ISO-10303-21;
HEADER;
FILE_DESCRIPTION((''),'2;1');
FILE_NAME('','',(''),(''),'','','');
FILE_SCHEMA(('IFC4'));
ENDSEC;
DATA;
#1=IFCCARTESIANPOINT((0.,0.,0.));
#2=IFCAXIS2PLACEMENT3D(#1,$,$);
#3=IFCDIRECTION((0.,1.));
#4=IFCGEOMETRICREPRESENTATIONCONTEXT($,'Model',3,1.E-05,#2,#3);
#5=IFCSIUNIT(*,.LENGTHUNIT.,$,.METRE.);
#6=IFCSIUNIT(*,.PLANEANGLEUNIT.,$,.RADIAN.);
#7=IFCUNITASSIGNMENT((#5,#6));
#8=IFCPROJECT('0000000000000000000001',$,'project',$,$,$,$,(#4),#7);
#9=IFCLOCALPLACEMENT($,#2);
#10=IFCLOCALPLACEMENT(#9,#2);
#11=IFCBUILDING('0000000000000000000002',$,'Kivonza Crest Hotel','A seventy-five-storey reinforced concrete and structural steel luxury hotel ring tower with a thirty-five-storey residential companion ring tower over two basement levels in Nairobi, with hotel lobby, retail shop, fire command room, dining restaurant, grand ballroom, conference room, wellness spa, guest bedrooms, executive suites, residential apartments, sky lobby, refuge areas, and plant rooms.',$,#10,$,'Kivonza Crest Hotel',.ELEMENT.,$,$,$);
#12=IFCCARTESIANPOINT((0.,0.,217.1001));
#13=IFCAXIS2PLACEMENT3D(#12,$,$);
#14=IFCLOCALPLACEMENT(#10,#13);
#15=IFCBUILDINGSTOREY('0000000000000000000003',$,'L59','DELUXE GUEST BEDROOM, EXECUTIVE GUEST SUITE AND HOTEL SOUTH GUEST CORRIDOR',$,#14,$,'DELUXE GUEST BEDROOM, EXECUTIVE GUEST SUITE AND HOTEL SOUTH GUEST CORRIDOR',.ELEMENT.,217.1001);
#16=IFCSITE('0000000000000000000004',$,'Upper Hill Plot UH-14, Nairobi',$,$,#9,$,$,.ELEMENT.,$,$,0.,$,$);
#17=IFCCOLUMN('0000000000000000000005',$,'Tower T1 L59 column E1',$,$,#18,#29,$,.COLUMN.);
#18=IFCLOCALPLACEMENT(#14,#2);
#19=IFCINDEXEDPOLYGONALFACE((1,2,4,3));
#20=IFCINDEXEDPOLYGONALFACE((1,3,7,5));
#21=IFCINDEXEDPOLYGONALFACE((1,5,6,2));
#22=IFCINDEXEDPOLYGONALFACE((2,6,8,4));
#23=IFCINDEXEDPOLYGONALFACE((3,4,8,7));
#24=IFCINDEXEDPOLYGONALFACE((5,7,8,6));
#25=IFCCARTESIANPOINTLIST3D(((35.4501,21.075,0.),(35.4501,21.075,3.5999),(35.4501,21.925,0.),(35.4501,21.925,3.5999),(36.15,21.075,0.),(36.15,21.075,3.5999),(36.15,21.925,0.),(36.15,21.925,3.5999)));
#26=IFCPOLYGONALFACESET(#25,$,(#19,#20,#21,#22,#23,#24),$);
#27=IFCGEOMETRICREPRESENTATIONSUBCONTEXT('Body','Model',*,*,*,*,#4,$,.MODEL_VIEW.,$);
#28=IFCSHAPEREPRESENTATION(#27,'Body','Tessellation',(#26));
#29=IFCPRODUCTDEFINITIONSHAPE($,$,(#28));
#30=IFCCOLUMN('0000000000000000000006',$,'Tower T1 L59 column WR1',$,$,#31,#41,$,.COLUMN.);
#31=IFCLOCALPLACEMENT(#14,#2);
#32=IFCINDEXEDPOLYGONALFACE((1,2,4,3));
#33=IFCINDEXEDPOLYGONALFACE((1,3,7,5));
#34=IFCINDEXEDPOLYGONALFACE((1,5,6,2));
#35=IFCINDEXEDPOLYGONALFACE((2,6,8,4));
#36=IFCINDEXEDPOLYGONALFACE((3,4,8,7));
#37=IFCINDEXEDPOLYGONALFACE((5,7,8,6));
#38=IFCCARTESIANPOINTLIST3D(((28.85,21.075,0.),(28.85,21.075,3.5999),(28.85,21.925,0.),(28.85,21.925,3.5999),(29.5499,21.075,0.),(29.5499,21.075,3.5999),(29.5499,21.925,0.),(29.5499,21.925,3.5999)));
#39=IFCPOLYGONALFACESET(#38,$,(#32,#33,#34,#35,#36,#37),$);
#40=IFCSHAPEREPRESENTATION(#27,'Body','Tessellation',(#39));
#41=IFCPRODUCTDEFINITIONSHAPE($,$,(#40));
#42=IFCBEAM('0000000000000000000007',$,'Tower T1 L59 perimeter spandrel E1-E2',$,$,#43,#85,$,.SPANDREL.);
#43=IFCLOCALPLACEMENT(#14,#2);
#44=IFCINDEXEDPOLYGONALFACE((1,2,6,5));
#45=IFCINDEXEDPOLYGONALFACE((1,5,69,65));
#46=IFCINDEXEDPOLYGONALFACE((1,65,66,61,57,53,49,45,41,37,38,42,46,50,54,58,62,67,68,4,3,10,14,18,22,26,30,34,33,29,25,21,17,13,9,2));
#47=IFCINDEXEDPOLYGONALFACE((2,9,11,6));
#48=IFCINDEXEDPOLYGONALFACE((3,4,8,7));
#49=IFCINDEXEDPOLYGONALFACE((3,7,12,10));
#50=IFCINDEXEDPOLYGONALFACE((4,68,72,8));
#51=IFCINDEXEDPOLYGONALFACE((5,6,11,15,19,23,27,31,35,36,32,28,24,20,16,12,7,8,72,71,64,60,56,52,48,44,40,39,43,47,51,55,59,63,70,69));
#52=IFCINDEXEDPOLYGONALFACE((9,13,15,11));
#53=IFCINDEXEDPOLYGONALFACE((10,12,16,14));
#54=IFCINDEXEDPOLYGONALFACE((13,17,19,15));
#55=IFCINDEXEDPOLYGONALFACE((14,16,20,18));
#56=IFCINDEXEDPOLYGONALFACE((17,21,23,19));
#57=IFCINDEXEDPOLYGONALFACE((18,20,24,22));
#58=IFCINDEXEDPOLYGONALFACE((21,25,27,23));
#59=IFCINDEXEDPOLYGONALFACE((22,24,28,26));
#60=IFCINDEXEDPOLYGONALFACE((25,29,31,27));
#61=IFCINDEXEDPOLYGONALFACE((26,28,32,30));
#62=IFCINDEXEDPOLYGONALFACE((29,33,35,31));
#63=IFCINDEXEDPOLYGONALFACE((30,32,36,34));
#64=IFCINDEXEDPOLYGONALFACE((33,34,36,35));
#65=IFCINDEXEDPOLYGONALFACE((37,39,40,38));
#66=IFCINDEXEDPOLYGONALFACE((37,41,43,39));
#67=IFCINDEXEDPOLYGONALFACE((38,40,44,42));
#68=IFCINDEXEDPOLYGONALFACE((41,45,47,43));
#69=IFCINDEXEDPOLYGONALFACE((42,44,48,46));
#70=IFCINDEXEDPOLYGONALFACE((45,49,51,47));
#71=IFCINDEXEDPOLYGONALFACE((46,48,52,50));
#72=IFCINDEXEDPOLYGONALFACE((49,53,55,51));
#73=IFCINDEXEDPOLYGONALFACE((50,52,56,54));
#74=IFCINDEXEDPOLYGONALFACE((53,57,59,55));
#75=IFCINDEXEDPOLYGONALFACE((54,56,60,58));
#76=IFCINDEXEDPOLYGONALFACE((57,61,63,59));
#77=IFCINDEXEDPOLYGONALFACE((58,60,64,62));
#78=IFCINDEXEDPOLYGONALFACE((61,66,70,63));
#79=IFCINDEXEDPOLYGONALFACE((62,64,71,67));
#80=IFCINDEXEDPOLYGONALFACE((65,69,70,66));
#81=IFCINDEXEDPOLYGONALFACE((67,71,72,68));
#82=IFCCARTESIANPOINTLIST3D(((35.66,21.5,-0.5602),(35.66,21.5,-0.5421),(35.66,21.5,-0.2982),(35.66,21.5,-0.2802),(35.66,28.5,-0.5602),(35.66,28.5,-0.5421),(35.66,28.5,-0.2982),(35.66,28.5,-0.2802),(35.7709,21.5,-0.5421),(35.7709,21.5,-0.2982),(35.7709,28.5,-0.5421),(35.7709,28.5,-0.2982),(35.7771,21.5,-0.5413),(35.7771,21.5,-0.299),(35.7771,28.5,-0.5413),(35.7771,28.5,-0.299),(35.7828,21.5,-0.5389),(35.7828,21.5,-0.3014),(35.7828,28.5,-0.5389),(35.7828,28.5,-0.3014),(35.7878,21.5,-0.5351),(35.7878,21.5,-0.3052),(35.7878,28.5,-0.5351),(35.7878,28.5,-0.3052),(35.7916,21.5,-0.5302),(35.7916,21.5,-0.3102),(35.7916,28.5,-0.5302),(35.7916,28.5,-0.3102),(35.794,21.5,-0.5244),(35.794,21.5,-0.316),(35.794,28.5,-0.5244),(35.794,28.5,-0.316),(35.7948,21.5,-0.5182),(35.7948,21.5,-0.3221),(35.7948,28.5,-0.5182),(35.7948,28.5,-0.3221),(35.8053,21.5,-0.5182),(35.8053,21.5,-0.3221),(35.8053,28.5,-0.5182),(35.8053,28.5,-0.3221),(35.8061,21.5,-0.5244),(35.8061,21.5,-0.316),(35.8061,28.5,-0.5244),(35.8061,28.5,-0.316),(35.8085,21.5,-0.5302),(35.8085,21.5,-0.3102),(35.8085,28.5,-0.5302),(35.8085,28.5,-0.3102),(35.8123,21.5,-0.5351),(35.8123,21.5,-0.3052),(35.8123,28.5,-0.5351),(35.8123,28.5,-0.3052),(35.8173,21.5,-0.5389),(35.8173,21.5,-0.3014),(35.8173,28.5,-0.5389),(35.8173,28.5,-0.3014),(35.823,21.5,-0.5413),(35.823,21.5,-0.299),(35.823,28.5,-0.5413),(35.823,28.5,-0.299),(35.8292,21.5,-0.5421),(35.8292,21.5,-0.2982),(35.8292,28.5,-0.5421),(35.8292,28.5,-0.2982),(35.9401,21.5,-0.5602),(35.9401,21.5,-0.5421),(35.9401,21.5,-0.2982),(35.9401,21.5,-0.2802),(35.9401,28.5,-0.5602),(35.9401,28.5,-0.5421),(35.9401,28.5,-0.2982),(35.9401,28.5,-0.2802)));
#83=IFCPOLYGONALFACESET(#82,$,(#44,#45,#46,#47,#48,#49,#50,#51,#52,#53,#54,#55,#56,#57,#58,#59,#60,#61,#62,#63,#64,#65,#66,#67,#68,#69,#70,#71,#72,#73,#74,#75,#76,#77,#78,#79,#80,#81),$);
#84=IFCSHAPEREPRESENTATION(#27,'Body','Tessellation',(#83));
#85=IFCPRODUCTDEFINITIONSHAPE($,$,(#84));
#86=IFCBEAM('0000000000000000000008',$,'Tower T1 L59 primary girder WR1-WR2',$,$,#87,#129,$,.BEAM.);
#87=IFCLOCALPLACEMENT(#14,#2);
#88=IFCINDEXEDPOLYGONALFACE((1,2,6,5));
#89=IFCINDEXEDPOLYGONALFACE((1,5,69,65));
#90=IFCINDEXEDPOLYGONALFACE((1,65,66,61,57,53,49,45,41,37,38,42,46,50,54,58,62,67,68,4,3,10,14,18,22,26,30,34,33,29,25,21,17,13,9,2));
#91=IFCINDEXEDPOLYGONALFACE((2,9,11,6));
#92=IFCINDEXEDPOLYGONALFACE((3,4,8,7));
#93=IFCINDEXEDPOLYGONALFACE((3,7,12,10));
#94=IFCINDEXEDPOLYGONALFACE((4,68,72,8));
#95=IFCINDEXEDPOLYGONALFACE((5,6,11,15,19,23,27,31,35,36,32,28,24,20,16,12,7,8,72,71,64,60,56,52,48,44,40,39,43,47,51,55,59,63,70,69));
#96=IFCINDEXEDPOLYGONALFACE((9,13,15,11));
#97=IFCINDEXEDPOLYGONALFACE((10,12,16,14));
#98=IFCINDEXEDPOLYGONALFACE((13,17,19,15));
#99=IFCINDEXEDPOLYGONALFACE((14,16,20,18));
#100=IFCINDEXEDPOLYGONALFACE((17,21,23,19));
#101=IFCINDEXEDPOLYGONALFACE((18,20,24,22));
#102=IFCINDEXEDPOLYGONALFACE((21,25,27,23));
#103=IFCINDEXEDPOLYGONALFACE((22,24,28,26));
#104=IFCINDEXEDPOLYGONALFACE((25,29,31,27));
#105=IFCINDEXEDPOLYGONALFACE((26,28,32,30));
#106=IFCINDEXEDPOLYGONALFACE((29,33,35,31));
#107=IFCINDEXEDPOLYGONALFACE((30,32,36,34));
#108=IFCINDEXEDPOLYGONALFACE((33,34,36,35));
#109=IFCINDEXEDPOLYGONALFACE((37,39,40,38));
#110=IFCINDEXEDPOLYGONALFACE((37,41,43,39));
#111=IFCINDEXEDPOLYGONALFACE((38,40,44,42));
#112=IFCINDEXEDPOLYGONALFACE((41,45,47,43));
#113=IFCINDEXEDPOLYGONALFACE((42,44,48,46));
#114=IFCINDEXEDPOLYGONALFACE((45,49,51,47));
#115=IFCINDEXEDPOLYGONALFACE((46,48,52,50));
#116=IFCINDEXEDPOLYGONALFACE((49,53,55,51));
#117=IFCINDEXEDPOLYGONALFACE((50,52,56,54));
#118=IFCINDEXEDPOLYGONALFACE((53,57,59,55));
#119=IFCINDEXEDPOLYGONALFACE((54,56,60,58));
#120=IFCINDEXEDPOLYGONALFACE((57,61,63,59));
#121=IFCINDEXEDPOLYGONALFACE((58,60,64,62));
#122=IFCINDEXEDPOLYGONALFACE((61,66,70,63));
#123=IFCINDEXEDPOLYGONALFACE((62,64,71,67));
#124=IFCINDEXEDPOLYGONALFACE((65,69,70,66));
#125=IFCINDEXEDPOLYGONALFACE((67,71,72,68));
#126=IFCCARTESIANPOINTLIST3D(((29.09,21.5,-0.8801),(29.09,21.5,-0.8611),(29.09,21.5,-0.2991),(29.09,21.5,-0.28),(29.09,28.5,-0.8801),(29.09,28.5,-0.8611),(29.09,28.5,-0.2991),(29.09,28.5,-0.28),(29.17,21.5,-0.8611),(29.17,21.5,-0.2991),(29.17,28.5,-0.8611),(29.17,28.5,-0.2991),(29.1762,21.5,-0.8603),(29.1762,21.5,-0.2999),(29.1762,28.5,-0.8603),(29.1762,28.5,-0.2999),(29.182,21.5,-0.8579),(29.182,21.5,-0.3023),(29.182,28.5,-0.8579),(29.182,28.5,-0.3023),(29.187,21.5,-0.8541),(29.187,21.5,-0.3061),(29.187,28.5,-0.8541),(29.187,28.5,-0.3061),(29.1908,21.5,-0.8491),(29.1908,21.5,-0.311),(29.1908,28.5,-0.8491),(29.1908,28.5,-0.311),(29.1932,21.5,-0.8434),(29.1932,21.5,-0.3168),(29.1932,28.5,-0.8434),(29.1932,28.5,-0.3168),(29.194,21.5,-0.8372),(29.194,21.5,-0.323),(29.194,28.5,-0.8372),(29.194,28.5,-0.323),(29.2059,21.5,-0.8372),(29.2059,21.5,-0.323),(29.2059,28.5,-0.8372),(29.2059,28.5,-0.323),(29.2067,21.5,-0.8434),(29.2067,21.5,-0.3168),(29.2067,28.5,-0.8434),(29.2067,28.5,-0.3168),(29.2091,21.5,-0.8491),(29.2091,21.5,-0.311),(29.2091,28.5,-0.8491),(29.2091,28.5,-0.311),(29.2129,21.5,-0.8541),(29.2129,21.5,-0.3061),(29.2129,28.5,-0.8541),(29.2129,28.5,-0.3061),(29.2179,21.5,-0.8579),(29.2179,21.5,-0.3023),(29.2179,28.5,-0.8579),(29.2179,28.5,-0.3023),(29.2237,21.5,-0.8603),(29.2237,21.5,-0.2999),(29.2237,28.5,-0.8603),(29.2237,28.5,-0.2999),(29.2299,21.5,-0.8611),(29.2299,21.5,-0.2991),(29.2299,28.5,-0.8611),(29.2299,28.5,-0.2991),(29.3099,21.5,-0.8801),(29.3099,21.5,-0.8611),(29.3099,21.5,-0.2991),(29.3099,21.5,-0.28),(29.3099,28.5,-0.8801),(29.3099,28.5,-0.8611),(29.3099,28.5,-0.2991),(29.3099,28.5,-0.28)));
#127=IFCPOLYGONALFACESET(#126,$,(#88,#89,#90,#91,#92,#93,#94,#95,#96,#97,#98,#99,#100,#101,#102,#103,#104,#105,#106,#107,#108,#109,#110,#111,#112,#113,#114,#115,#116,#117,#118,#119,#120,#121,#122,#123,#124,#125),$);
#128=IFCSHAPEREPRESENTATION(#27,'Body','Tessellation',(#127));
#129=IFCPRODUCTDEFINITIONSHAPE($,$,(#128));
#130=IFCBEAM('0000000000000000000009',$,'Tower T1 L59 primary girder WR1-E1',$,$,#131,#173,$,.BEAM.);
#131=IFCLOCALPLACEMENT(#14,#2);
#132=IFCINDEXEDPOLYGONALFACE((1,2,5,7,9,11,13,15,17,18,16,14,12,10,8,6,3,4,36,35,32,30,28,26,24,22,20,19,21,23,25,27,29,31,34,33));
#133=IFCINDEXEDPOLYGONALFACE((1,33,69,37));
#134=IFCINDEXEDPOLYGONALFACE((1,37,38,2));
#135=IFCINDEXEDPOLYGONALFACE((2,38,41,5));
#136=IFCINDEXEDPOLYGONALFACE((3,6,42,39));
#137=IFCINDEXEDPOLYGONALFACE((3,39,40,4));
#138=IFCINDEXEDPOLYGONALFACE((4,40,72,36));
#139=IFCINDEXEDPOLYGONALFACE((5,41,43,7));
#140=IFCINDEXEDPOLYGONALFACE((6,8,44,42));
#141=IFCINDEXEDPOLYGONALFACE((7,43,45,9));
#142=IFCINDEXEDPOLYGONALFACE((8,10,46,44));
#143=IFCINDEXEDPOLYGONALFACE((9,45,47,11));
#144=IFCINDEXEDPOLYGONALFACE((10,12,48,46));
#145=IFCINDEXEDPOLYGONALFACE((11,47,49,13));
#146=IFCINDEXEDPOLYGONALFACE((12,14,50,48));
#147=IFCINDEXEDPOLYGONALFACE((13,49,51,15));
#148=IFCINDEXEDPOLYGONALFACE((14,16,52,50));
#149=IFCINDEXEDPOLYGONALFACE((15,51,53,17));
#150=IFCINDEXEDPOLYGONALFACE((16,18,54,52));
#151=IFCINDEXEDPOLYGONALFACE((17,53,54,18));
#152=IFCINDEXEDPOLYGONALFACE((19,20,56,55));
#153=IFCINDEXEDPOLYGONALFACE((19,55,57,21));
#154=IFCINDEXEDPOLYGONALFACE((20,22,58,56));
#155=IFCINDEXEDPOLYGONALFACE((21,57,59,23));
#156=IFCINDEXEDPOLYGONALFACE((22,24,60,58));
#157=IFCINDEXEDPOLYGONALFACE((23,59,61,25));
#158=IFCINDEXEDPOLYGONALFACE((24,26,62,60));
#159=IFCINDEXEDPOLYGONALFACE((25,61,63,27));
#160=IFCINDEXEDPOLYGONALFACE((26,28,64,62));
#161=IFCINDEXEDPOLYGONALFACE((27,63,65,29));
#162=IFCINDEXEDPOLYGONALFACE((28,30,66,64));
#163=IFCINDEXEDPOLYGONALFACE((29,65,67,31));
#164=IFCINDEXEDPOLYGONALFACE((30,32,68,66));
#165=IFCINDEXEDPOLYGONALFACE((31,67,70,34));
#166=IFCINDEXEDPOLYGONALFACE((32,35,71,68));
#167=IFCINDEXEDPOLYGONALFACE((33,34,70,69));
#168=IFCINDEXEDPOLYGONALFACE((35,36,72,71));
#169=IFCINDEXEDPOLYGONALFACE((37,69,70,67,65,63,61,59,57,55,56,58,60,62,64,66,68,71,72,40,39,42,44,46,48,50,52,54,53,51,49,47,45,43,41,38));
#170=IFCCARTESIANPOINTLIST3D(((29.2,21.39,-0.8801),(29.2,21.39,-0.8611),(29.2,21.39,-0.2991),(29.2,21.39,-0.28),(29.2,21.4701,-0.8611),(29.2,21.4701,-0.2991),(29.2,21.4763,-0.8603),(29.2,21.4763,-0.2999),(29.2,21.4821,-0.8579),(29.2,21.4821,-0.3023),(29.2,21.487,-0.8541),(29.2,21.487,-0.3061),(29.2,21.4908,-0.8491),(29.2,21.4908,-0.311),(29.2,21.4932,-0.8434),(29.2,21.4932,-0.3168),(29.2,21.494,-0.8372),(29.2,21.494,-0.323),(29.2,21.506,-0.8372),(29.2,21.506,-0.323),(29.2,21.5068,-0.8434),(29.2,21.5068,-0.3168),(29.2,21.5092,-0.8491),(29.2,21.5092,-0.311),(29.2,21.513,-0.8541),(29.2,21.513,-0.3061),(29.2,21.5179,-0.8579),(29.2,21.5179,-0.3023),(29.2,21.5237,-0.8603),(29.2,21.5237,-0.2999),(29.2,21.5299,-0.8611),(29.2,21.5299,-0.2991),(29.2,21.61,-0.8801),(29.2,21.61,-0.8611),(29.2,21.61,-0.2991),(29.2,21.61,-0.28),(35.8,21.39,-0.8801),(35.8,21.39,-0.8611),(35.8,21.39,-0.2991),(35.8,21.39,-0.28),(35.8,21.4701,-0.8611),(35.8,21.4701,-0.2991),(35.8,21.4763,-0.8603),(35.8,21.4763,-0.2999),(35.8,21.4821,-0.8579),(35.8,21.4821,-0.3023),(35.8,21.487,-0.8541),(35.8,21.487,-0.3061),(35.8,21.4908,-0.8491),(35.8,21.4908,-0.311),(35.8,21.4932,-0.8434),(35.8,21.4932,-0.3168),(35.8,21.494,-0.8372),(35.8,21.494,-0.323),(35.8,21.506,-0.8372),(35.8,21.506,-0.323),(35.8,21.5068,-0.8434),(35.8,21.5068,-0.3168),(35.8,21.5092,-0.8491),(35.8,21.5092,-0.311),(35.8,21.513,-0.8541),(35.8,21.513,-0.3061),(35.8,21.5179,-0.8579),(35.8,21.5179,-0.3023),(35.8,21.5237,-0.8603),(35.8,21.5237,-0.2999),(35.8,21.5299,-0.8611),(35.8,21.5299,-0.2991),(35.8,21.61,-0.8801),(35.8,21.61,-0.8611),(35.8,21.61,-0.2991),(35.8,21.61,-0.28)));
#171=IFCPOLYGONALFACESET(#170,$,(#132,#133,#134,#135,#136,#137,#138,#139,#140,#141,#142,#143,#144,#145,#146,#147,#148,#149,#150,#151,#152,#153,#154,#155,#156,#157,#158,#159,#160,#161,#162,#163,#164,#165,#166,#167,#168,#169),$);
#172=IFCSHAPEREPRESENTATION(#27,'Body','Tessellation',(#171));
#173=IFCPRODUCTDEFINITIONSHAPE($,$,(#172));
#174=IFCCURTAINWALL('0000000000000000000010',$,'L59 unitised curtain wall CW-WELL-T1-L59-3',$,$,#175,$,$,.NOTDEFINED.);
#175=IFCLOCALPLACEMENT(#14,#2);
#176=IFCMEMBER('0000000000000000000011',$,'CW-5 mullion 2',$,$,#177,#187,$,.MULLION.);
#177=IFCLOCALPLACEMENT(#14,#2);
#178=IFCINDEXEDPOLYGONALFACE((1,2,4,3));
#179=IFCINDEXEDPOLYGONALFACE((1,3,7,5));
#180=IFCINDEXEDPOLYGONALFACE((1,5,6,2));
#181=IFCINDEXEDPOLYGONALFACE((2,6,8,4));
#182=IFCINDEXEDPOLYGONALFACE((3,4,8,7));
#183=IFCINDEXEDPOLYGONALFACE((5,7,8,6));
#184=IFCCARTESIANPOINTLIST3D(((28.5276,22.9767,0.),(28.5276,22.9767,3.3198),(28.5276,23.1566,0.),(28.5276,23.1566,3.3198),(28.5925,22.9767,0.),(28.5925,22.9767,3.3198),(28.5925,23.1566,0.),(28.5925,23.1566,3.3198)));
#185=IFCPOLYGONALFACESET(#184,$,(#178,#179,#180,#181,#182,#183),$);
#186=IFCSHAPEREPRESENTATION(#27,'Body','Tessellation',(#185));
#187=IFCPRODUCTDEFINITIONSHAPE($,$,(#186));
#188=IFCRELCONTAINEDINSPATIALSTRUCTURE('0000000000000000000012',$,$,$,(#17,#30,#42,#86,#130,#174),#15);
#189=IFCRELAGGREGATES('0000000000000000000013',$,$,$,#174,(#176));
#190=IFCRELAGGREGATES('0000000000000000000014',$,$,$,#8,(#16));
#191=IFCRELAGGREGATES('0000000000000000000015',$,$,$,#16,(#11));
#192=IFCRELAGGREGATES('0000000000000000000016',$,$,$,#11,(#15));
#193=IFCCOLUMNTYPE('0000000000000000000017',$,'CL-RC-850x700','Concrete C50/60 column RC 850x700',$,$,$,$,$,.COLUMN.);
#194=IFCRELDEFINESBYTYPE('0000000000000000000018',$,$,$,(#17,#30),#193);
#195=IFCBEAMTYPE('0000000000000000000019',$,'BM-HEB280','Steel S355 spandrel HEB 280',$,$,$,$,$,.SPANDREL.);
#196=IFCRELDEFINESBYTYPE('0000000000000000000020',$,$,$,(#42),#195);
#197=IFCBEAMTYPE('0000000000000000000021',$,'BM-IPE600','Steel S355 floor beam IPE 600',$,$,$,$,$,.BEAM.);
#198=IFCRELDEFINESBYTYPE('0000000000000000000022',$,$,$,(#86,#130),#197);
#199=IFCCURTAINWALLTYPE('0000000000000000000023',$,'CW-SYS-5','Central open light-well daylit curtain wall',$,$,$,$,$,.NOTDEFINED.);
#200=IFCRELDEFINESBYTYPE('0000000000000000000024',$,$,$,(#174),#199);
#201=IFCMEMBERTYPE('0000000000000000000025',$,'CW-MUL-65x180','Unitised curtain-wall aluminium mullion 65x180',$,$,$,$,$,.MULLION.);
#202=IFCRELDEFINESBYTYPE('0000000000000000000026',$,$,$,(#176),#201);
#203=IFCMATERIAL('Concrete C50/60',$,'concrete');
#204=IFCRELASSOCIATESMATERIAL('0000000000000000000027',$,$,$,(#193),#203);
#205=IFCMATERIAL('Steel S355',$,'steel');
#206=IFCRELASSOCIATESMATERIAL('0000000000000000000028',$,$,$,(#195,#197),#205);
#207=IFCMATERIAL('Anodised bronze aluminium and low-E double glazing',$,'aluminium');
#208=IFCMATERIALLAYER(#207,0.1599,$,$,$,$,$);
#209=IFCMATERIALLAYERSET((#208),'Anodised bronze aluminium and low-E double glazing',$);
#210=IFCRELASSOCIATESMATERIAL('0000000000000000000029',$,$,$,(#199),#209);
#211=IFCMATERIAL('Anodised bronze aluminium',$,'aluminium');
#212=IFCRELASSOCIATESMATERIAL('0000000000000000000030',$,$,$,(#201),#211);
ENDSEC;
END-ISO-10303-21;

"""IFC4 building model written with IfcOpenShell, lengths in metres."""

from ifc_helpers import new_model, si_unit, direction, frame, origin, origin_2d, place, context, subcontext, project, spatial, rectangle, i_section, extrude, material, layer, layer_set, material_profile, profile_set, type_object, element, aggregate, save


model = new_model("IFC4")

# Units and contexts
model_context = context("Model", 3, precision=1e-05, world=origin(), true_north=direction((0.0, 1.0)))
body_context = subcontext(model_context, "Body", "Model", "MODEL_VIEW")
ifc_project = project(units=[si_unit("LENGTHUNIT", "METRE"), si_unit("PLANEANGLEUNIT", "RADIAN")], contexts=[model_context])

# Site, building, storey
site_placement = place(None, origin())
site = spatial("IfcSite", under=ifc_project, at=site_placement, Name="Upper Hill Plot UH-14, Nairobi", CompositionType="ELEMENT", RefElevation=0.0)
building_placement = place(site_placement, origin())
building = spatial("IfcBuilding", under=site, at=building_placement, Name="Kivonza Crest Hotel", Description="A seventy-five-storey reinforced concrete and structural steel luxury hotel ring tower with a thirty-five-storey residential companion ring tower over two basement levels in Nairobi, with hotel lobby, retail shop, fire command room, dining restaurant, grand ballroom, conference room, wellness spa, guest bedrooms, executive suites, residential apartments, sky lobby, refuge areas, and plant rooms.", LongName="Kivonza Crest Hotel", CompositionType="ELEMENT")
storey_placement = place(building_placement, frame((0.0, 0.0, 217.1001)))
storey = spatial("IfcBuildingStorey", under=building, at=storey_placement, Name="L59", Description="DELUXE GUEST BEDROOM, EXECUTIVE GUEST SUITE AND HOTEL SOUTH GUEST CORRIDOR", LongName="DELUXE GUEST BEDROOM, EXECUTIVE GUEST SUITE AND HOTEL SOUTH GUEST CORRIDOR", CompositionType="ELEMENT", Elevation=217.1001)

# Columns
ifc_material_1 = material(Name="Concrete C50/60", Category="concrete")
ifc_material_profile_1 = material_profile(ifc_material_1, rectangle(XDim=0.7, YDim=0.8501, at=origin_2d()), Name="RC 850x700")
ifc_profile_set_1 = profile_set([ifc_material_profile_1], Name="Concrete C50/60")
column_type = type_object("IfcColumnType", Name="CL-RC-850x700", Description="Concrete C50/60 column RC 850x700", PredefinedType="COLUMN", material=ifc_profile_set_1)
for number, where, z_axis, x_axis, name in (
    (1, (35.8, 21.5, 0.0), (0.0, 0.0, 1.0), (1.0, 0.0, 0.0), "Tower T1 L59 column E1"),
    (2, (29.2, 21.5, 0.0), (0.0, 0.0, 1.0), (1.0, 0.0, 0.0), "Tower T1 L59 column WR1"),
):
    element("IfcColumn", number, at=place(storey_placement, frame(where, z_axis=z_axis, x_axis=x_axis)), inside=storey, type_object=column_type, Name=name, PredefinedType="COLUMN", context=body_context, shape_type="SweptSolid", body=[
        extrude(rectangle(XDim=0.7, YDim=0.8501, at=origin_2d()), origin(), (0.0, 0.0, 1.0), 3.5999),
    ])

# Beams
ifc_material_2 = material(Name="Steel S355", Category="steel")
ifc_material_profile_2 = material_profile(ifc_material_2, i_section(OverallWidth=0.28, OverallDepth=0.28, WebThickness=0.0105, FlangeThickness=0.0181, FilletRadius=0.0239, at=origin_2d()), Name="HEB 280")
ifc_profile_set_2 = profile_set([ifc_material_profile_2], Name="Steel S355")
beam_type_1 = type_object("IfcBeamType", Name="BM-HEB280", Description="Steel S355 spandrel HEB 280", PredefinedType="SPANDREL", material=ifc_profile_set_2)
beam_1_placement = place(storey_placement, frame((35.8, 21.5, -0.4202), z_axis=(0.0, 1.0, 0.0), x_axis=(-1.0, 0.0, 0.0)))
element("IfcBeam", 3, at=beam_1_placement, inside=storey, type_object=beam_type_1, Name="Tower T1 L59 perimeter spandrel E1-E2", PredefinedType="SPANDREL", context=body_context, shape_type="SweptSolid", body=[
    extrude(i_section(OverallWidth=0.28, OverallDepth=0.28, WebThickness=0.0105, FlangeThickness=0.0181, FilletRadius=0.0239, at=origin_2d()), origin(), (0.0, 0.0, 1.0), 7.0),
])
ifc_material_profile_3 = material_profile(ifc_material_2, i_section(OverallWidth=0.22, OverallDepth=0.6001, WebThickness=0.012, FlangeThickness=0.019, FilletRadius=0.0239, at=origin_2d()), Name="IPE 600")
ifc_profile_set_3 = profile_set([ifc_material_profile_3], Name="Steel S355")
beam_type_2 = type_object("IfcBeamType", Name="BM-IPE600", Description="Steel S355 floor beam IPE 600", PredefinedType="BEAM", material=ifc_profile_set_3)
beam_2_placement = place(storey_placement, frame((29.2, 21.5, -0.5801), z_axis=(0.0, 1.0, 0.0), x_axis=(-1.0, 0.0, 0.0)))
element("IfcBeam", 4, at=beam_2_placement, inside=storey, type_object=beam_type_2, Name="Tower T1 L59 primary girder WR1-WR2", PredefinedType="BEAM", context=body_context, shape_type="SweptSolid", body=[
    extrude(i_section(OverallWidth=0.22, OverallDepth=0.6001, WebThickness=0.012, FlangeThickness=0.019, FilletRadius=0.0239, at=origin_2d()), origin(), (0.0, 0.0, 1.0), 7.0),
])
beam_3_placement = place(storey_placement, frame((29.2, 21.5, -0.5801), z_axis=(1.0, 0.0, 0.0), x_axis=(0.0, 1.0, 0.0)))
element("IfcBeam", 5, at=beam_3_placement, inside=storey, type_object=beam_type_2, Name="Tower T1 L59 primary girder WR1-E1", PredefinedType="BEAM", context=body_context, shape_type="SweptSolid", body=[
    extrude(i_section(OverallWidth=0.22, OverallDepth=0.6001, WebThickness=0.012, FlangeThickness=0.019, FilletRadius=0.0239, at=origin_2d()), origin(), (0.0, 0.0, 1.0), 6.6001),
])

# Curtain wall, member
ifc_material_3 = material(Name="Anodised bronze aluminium and low-E double glazing", Category="aluminium")
ifc_layer_1 = layer(ifc_material_3, 0.1599)
ifc_layer_set_1 = layer_set([ifc_layer_1], Name="Anodised bronze aluminium and low-E double glazing")
curtain_wall_type_1 = type_object("IfcCurtainWallType", Name="CW-SYS-5", Description="Central open light-well daylit curtain wall", PredefinedType="NOTDEFINED", material=ifc_layer_set_1)
curtain_wall_1_placement = place(storey_placement, origin())
curtain_wall_1 = element("IfcCurtainWall", 6, at=curtain_wall_1_placement, inside=storey, type_object=curtain_wall_type_1, Name="L59 unitised curtain wall CW-WELL-T1-L59-3", PredefinedType="NOTDEFINED")
ifc_material_4 = material(Name="Anodised bronze aluminium", Category="aluminium")
ifc_material_profile_4 = material_profile(ifc_material_4, rectangle(XDim=0.0649, YDim=0.1799, at=origin_2d()), Name="CW-M 65x180")
ifc_profile_set_4 = profile_set([ifc_material_profile_4], Name="Anodised bronze aluminium")
member_type_1 = type_object("IfcMemberType", Name="CW-MUL-65x180", Description="Unitised curtain-wall aluminium mullion 65x180", PredefinedType="MULLION", material=ifc_profile_set_4)
member_1_placement = place(storey_placement, frame((28.5601, 23.0667, 0.0), z_axis=(0.0, 0.0, 1.0), x_axis=(-1.0, 0.0, 0.0)))
member_1 = element("IfcMember", 7, at=member_1_placement, type_object=member_type_1, Name="CW-5 mullion 2", PredefinedType="MULLION", context=body_context, shape_type="SweptSolid", body=[
    extrude(rectangle(XDim=0.0649, YDim=0.1799, at=origin_2d()), origin(), (0.0, 0.0, 1.0), 3.3198),
])

aggregate(curtain_wall_1, [member_1])

save(model, "model.ifc")
